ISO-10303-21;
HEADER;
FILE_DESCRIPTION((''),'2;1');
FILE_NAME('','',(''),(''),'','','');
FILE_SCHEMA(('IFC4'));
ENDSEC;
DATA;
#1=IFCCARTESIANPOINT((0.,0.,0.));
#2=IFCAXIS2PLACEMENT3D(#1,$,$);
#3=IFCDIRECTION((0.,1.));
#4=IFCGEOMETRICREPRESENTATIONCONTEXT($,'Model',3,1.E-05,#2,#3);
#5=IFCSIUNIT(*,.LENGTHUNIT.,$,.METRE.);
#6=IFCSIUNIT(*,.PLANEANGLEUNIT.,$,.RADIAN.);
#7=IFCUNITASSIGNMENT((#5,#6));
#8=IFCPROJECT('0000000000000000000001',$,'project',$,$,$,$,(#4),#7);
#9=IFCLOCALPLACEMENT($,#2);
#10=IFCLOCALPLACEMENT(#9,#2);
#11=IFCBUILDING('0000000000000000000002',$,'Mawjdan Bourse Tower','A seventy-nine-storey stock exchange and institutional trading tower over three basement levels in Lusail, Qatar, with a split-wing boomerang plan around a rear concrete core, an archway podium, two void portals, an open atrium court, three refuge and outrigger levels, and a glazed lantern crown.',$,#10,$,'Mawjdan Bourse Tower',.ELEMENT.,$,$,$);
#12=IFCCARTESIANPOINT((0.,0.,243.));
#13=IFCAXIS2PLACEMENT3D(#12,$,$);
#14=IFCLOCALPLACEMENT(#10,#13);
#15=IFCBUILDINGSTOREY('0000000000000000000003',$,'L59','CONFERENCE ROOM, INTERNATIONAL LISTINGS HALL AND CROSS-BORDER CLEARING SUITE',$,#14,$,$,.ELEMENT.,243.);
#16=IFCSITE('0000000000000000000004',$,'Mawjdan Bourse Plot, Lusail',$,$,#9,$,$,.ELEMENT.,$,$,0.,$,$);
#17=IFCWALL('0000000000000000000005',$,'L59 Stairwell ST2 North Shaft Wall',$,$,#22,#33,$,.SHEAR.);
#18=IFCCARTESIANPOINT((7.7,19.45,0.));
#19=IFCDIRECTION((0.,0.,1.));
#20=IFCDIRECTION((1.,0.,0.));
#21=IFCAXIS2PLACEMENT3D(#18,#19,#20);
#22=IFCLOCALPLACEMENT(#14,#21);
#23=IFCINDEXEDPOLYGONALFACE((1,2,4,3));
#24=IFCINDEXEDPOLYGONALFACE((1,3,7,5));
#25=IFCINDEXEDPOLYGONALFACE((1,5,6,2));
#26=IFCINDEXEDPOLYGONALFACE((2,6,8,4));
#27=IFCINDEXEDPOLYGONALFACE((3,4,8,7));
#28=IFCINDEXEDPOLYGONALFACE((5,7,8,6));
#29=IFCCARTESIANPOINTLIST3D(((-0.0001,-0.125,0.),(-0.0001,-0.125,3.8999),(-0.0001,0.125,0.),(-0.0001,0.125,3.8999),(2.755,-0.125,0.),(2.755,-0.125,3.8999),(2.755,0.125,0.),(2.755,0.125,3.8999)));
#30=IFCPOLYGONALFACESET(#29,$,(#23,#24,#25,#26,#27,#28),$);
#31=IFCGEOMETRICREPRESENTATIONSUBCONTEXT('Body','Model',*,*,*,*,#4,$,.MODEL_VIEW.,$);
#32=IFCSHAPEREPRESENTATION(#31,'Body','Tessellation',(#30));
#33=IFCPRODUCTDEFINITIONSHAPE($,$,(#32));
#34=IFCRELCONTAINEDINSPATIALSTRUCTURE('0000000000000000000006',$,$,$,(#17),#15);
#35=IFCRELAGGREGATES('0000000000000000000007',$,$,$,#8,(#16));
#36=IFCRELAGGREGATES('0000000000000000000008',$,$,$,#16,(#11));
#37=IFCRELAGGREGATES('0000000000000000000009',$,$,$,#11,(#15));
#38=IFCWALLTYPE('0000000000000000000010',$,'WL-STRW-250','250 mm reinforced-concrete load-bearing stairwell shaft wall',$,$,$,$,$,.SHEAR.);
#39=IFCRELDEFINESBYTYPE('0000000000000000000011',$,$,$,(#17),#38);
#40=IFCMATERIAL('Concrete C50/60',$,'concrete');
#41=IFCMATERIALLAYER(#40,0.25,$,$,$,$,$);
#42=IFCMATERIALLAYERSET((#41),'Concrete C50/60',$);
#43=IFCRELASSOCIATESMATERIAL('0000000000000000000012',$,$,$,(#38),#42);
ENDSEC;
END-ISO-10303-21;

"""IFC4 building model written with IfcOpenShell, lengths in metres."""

from ifc_helpers import new_model, si_unit, direction, frame, frame_2d, origin, place, context, subcontext, project, spatial, rectangle, extrude, material, layer, layer_set, type_object, element, save


model = new_model("IFC4")

# Units and contexts
model_context = context("Model", 3, precision=1e-05, world=origin(), true_north=direction((0.0, 1.0)))
body_context = subcontext(model_context, "Body", "Model", "MODEL_VIEW")
ifc_project = project(units=[si_unit("LENGTHUNIT", "METRE"), si_unit("PLANEANGLEUNIT", "RADIAN")], contexts=[model_context])

# Site, building, storey
site_placement = place(None, origin())
site = spatial("IfcSite", under=ifc_project, at=site_placement, Name="Mawjdan Bourse Plot, Lusail", CompositionType="ELEMENT", RefElevation=0.0)
building_placement = place(site_placement, origin())
building = spatial("IfcBuilding", under=site, at=building_placement, Name="Mawjdan Bourse Tower", Description="A seventy-nine-storey stock exchange and institutional trading tower over three basement levels in Lusail, Qatar, with a split-wing boomerang plan around a rear concrete core, an archway podium, two void portals, an open atrium court, three refuge and outrigger levels, and a glazed lantern crown.", LongName="Mawjdan Bourse Tower", CompositionType="ELEMENT")
storey_placement = place(building_placement, frame((0.0, 0.0, 243.0)))
storey = spatial("IfcBuildingStorey", under=building, at=storey_placement, Name="L59", Description="CONFERENCE ROOM, INTERNATIONAL LISTINGS HALL AND CROSS-BORDER CLEARING SUITE", CompositionType="ELEMENT", Elevation=243.0)

# Wall
ifc_material_1 = material(Name="Concrete C50/60", Category="concrete")
ifc_layer_1 = layer(ifc_material_1, 0.25)
ifc_layer_set_1 = layer_set([ifc_layer_1], Name="Concrete C50/60")
wall_type_1 = type_object("IfcWallType", Name="WL-STRW-250", Description="250 mm reinforced-concrete load-bearing stairwell shaft wall", PredefinedType="SHEAR", material=ifc_layer_set_1)
wall_1_placement = place(storey_placement, frame((7.7, 19.45, 0.0), z_axis=(0.0, 0.0, 1.0), x_axis=(1.0, 0.0, 0.0)))
element("IfcWall", 1, at=wall_1_placement, inside=storey, type_object=wall_type_1, Name="L59 Stairwell ST2 North Shaft Wall", PredefinedType="SHEAR", context=body_context, shape_type="SweptSolid", body=[
    extrude(rectangle(XDim=2.7551, YDim=0.25, at=frame_2d((1.3774, 0.0))), origin(), (0.0, 0.0, 1.0), 3.8999),
])

save(model, "model.ifc")
